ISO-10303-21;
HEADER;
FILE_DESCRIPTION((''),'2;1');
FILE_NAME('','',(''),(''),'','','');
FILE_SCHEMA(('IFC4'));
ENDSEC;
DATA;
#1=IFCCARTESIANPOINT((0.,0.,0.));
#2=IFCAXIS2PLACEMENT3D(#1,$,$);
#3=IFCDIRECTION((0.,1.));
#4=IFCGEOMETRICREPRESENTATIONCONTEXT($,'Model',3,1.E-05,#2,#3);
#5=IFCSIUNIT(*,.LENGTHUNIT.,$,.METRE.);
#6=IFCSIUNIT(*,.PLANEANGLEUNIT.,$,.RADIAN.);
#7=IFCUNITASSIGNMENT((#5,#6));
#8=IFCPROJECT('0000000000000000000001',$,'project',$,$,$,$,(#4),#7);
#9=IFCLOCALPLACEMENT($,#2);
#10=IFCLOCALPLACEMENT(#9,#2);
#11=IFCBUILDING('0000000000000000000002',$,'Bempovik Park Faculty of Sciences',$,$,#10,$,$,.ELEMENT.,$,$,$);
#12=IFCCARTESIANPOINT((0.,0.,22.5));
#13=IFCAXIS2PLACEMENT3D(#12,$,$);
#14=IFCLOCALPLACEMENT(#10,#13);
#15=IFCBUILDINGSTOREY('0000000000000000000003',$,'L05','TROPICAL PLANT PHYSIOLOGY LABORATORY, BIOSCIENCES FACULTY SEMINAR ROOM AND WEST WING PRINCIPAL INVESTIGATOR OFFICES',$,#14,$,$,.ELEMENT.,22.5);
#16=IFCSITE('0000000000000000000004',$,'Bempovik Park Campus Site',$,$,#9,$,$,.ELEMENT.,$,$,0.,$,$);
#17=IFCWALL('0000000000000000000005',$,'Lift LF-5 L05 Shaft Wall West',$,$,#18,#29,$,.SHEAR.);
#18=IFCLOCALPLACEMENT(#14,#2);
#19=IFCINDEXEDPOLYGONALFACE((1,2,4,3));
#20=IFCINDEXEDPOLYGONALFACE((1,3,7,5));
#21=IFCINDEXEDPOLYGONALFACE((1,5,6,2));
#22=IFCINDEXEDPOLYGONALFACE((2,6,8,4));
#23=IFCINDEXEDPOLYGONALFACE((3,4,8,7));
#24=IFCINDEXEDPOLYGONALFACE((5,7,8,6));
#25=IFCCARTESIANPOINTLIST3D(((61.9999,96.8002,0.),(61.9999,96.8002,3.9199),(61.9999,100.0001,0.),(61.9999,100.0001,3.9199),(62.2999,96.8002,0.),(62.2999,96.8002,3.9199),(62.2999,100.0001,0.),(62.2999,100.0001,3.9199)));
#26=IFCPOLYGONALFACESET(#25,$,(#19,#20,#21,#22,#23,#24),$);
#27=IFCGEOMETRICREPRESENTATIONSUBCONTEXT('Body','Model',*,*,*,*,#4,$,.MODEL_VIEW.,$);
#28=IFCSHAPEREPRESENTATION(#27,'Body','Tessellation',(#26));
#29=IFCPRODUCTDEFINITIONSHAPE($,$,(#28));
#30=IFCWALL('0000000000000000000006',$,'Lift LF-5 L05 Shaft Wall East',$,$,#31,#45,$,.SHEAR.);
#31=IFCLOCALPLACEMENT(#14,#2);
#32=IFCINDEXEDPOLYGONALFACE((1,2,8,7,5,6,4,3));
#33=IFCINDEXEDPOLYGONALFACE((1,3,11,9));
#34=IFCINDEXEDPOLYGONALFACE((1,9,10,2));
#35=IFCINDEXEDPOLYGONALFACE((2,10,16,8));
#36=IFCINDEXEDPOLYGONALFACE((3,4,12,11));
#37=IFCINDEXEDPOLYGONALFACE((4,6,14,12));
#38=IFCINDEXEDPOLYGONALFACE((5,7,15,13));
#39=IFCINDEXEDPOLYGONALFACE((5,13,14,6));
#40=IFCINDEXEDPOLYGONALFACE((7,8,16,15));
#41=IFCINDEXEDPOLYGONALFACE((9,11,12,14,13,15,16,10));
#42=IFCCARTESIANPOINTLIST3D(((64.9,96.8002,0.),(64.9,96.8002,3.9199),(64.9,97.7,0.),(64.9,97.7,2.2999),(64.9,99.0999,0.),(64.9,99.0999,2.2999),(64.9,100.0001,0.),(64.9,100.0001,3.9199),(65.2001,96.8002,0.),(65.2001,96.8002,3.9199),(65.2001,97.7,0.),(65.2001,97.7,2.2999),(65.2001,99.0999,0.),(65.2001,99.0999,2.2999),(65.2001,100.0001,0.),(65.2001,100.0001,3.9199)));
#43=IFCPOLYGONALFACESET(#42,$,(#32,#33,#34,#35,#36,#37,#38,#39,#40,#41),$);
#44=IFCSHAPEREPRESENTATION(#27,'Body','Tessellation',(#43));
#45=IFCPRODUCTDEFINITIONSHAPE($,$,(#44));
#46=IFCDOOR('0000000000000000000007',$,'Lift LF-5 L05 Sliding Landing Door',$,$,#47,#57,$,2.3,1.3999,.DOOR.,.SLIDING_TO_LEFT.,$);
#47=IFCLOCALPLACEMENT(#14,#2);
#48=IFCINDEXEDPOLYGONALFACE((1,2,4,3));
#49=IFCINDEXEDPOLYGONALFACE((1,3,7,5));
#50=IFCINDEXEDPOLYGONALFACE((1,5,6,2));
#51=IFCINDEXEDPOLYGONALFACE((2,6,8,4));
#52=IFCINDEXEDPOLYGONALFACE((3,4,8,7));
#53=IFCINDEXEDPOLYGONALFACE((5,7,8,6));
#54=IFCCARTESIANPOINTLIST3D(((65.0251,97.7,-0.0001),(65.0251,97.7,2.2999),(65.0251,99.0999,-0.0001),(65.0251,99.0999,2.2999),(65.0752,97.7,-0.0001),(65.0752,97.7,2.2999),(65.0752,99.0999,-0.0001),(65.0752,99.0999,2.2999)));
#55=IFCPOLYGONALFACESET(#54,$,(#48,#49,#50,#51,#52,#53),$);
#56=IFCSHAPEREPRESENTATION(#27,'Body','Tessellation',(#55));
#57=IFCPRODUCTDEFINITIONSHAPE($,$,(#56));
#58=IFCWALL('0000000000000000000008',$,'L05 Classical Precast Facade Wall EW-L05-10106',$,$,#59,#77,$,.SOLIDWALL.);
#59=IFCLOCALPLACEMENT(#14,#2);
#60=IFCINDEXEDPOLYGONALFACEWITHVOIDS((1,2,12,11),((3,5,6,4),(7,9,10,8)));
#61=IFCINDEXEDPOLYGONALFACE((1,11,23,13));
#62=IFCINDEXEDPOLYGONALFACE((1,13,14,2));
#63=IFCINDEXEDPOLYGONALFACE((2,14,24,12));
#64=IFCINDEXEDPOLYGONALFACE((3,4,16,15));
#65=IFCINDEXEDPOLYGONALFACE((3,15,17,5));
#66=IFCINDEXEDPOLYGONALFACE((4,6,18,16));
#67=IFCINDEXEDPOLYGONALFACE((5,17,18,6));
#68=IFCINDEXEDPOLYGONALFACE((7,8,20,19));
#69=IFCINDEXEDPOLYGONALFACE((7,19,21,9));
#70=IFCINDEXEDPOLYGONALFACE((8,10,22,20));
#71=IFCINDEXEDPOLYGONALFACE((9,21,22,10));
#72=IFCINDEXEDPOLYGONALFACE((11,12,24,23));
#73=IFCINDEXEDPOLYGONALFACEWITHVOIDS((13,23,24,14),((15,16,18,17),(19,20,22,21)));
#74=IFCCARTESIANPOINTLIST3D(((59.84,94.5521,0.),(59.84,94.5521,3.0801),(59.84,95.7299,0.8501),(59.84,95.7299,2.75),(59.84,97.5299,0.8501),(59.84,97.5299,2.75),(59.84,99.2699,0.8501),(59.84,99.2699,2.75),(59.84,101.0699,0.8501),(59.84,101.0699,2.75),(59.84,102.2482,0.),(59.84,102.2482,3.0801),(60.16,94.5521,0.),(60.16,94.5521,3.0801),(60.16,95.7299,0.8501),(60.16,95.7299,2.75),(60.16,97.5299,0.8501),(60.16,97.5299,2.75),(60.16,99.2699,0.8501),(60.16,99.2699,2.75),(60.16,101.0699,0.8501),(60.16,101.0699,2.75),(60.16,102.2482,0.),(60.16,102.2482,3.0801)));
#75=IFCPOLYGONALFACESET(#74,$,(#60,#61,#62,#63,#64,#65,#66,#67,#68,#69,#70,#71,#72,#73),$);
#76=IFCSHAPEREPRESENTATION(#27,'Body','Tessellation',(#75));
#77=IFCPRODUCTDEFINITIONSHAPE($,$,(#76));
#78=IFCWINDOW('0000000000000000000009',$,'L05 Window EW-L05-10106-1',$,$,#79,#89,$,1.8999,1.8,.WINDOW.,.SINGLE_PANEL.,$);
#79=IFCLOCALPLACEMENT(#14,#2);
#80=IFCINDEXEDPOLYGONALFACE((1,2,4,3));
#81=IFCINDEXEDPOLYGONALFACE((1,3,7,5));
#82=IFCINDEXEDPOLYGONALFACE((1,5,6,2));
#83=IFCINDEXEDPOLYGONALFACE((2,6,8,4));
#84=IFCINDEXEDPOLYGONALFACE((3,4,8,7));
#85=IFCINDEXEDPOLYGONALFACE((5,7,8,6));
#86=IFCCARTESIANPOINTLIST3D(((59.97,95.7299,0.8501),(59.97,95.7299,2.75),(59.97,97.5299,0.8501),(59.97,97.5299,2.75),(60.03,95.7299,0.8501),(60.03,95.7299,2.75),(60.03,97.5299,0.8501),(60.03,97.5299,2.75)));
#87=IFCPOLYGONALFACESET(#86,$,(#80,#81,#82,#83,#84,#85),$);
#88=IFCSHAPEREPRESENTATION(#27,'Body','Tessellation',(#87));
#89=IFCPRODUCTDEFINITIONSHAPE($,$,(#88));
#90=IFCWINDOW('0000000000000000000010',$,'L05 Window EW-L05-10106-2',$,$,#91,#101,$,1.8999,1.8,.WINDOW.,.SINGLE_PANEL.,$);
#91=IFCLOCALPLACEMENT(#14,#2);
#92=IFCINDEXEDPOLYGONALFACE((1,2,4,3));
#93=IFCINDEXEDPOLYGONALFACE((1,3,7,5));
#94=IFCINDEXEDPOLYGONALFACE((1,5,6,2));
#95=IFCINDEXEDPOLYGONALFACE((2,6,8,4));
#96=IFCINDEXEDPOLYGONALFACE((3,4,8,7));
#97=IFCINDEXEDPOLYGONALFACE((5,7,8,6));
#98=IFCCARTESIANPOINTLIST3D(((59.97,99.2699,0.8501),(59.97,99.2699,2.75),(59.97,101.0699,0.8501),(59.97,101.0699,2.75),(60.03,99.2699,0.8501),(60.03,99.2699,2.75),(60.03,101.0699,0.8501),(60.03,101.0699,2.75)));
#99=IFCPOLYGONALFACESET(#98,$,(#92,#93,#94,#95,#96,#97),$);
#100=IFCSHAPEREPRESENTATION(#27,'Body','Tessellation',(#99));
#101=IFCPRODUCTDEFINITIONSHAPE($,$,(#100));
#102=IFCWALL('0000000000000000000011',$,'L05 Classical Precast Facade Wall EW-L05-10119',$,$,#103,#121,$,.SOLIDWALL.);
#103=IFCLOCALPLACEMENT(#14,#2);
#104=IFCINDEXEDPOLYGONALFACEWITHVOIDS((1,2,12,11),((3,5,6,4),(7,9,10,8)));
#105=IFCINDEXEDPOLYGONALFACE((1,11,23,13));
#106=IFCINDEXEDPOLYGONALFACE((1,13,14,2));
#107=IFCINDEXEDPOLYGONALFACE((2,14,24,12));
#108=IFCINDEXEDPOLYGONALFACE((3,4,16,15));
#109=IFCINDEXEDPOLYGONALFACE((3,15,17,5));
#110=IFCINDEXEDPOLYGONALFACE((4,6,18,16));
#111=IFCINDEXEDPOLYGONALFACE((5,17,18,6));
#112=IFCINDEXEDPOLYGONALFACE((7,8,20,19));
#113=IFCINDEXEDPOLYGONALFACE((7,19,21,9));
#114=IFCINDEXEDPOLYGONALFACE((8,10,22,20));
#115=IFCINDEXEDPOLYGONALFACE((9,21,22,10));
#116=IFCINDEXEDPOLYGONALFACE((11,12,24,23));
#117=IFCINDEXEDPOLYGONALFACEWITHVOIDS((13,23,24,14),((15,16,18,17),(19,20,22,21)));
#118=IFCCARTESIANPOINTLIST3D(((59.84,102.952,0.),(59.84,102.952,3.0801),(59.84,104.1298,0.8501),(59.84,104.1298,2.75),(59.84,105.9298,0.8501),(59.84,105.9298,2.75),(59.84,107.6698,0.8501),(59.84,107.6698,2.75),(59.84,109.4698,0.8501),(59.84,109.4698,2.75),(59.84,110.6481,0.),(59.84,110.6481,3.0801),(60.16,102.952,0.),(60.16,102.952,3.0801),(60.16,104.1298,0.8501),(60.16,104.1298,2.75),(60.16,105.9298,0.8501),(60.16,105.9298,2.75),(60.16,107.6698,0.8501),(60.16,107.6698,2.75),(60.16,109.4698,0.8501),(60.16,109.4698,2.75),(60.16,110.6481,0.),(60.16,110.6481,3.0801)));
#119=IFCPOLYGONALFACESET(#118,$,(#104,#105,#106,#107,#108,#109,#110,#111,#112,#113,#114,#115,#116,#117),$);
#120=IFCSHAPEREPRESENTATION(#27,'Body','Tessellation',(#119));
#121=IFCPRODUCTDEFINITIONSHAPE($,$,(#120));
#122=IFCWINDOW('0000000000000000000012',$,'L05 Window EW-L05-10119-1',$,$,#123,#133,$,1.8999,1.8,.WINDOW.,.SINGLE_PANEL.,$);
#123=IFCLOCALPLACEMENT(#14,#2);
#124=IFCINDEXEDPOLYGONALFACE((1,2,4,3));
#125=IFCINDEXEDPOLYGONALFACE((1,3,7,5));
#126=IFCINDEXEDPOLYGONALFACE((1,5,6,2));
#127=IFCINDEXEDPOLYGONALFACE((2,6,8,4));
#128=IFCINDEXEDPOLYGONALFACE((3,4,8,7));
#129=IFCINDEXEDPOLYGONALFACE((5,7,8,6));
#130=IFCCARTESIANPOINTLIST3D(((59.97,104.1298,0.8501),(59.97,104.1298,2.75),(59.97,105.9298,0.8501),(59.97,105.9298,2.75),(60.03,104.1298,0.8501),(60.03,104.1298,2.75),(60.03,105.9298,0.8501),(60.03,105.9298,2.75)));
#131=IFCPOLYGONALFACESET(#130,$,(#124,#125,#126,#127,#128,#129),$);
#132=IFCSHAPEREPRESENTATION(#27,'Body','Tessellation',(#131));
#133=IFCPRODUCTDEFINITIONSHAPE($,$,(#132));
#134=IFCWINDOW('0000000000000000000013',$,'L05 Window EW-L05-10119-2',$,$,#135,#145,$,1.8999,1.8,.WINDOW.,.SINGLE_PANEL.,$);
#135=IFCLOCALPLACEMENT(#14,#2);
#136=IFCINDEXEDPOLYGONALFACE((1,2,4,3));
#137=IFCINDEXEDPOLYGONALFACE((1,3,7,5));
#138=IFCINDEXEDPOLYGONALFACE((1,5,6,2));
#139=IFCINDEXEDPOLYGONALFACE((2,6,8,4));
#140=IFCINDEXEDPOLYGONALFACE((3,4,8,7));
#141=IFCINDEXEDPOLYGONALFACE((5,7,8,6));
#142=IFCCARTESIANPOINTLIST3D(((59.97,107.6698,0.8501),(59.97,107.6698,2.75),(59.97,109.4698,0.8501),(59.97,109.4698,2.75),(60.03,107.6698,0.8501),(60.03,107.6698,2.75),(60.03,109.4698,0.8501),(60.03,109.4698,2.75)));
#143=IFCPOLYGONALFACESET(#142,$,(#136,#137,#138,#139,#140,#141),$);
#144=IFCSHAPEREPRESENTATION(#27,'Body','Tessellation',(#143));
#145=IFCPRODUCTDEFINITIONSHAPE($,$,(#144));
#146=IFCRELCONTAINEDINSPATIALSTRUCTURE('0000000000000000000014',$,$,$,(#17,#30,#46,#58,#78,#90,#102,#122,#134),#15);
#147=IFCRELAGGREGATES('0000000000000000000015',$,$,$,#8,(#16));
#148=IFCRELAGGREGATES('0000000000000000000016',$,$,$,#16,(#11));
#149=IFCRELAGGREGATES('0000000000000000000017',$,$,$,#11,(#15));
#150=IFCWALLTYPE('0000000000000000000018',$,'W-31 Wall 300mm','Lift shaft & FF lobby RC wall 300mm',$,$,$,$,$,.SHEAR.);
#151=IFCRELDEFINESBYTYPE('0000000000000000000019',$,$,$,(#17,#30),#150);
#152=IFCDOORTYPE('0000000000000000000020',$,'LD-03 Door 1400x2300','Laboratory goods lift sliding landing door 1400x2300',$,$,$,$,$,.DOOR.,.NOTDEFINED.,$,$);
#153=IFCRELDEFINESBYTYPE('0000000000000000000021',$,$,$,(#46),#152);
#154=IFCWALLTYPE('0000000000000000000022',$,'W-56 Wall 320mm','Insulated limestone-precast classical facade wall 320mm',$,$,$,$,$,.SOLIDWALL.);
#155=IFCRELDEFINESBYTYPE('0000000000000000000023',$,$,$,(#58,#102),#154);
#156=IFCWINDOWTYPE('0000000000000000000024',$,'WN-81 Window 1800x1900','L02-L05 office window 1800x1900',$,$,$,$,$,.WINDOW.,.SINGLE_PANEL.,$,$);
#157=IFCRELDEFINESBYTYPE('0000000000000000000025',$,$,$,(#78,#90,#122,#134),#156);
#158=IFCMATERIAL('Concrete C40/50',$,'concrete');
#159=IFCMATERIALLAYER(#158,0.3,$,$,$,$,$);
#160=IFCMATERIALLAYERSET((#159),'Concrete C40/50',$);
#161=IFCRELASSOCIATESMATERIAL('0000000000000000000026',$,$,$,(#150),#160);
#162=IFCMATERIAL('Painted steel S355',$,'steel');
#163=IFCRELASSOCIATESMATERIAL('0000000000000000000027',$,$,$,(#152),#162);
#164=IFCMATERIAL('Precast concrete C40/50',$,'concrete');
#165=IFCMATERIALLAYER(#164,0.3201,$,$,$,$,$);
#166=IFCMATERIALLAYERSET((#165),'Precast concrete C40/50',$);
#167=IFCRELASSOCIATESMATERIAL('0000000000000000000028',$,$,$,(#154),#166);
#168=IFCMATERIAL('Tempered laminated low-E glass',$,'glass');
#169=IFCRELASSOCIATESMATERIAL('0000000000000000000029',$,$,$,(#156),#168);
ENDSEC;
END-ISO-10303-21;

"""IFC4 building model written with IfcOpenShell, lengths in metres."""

from ifc_helpers import new_model, si_unit, direction, frame, frame_2d, origin, place, context, subcontext, project, spatial, rectangle, extrude, material, layer, layer_set, type_object, element, fill, save


model = new_model("IFC4")

# Units and contexts
model_context = context("Model", 3, precision=1e-05, world=origin(), true_north=direction((0.0, 1.0)))
body_context = subcontext(model_context, "Body", "Model", "MODEL_VIEW")
ifc_project = project(units=[si_unit("LENGTHUNIT", "METRE"), si_unit("PLANEANGLEUNIT", "RADIAN")], contexts=[model_context])

# Site, building, storey
site_placement = place(None, origin())
site = spatial("IfcSite", under=ifc_project, at=site_placement, Name="Bempovik Park Campus Site", CompositionType="ELEMENT", RefElevation=0.0)
building_placement = place(site_placement, origin())
building = spatial("IfcBuilding", under=site, at=building_placement, Name="Bempovik Park Faculty of Sciences", CompositionType="ELEMENT")
storey_placement = place(building_placement, frame((0.0, 0.0, 22.5)))
storey = spatial("IfcBuildingStorey", under=building, at=storey_placement, Name="L05", Description="TROPICAL PLANT PHYSIOLOGY LABORATORY, BIOSCIENCES FACULTY SEMINAR ROOM AND WEST WING PRINCIPAL INVESTIGATOR OFFICES", CompositionType="ELEMENT", Elevation=22.5)

# Shared definitions
ifc_material_1 = material(Name="Concrete C40/50", Category="concrete")

# Wall
ifc_layer_1 = layer(ifc_material_1, 0.3)
ifc_layer_set_1 = layer_set([ifc_layer_1], Name="Concrete C40/50")
wall_type_1 = type_object("IfcWallType", Name="W-31 Wall 300mm", Description="Lift shaft & FF lobby RC wall 300mm", PredefinedType="SHEAR", material=ifc_layer_set_1)
wall_1_placement = place(storey_placement, frame((62.1499, 96.8, 0.0), z_axis=(0.0, 0.0, 1.0), x_axis=(0.0, 1.0, 0.0)))
element("IfcWall", 1, at=wall_1_placement, inside=storey, type_object=wall_type_1, Name="Lift LF-5 L05 Shaft Wall West", PredefinedType="SHEAR", context=body_context, shape_type="SweptSolid", body=[
    extrude(rectangle(XDim=3.2, YDim=0.3, at=frame_2d((1.6001, 0.0))), origin(), (0.0, 0.0, 1.0), 3.9199),
])

# Wall, opening, door
wall_2_placement = place(storey_placement, frame((65.05, 96.8, 0.0), z_axis=(0.0, 0.0, 1.0), x_axis=(0.0, 1.0, 0.0)))
wall_2 = element("IfcWall", 2, at=wall_2_placement, inside=storey, type_object=wall_type_1, Name="Lift LF-5 L05 Shaft Wall East", PredefinedType="SHEAR", context=body_context, shape_type="SweptSolid", body=[
    extrude(rectangle(XDim=3.2, YDim=0.3, at=frame_2d((1.6001, 0.0))), origin(), (0.0, 0.0, 1.0), 3.9199),
])
opening_1_placement = place(wall_2_placement, frame((0.8999, 0.0, 0.0)))
opening_1 = element("IfcOpeningElement", 3, at=opening_1_placement, cuts=wall_2, PredefinedType="OPENING", context=body_context, shape_type="SweptSolid", body=[
    extrude(rectangle(XDim=1.3999, YDim=2.3, at=frame_2d((0.7, 1.1499))), frame((0.0, 0.1602, 0.0), z_axis=(0.0, -1.0, 0.0), x_axis=(1.0, 0.0, 0.0)), (0.0, 0.0, 1.0), 0.3201),
])
ifc_material_2 = material(Name="Painted steel S355", Category="steel")
door_type = type_object("IfcDoorType", Name="LD-03 Door 1400x2300", Description="Laboratory goods lift sliding landing door 1400x2300", OperationType="NOTDEFINED", PredefinedType="DOOR", material=ifc_material_2)
door_placement = place(opening_1_placement, origin())
door = element("IfcDoor", 4, at=door_placement, inside=storey, type_object=door_type, Name="Lift LF-5 L05 Sliding Landing Door", OperationType="SLIDING_TO_LEFT", OverallHeight=2.3, OverallWidth=1.3999, PredefinedType="DOOR", context=body_context, shape_type="SweptSolid", body=[
    extrude(rectangle(XDim=1.3999, YDim=2.3, at=frame_2d((0.7, 1.1499))), frame((0.0, 0.0249, 0.0), z_axis=(0.0, -1.0, 0.0), x_axis=(1.0, 0.0, 0.0)), (0.0, 0.0, 1.0), 0.05),
])
fill(opening_1, door)

# Walls, openings, windows
ifc_material_3 = material(Name="Precast concrete C40/50", Category="concrete")
ifc_layer_2 = layer(ifc_material_3, 0.3201)
ifc_layer_set_2 = layer_set([ifc_layer_2], Name="Precast concrete C40/50")
wall_type_2 = type_object("IfcWallType", Name="W-56 Wall 320mm", Description="Insulated limestone-precast classical facade wall 320mm", PredefinedType="SOLIDWALL", material=ifc_layer_set_2)
wall_3_placement = place(storey_placement, frame((60.0, 94.552, 0.0), z_axis=(0.0, 0.0, 1.0), x_axis=(0.0, 1.0, 0.0)))
wall_3 = element("IfcWall", 5, at=wall_3_placement, inside=storey, type_object=wall_type_2, Name="L05 Classical Precast Facade Wall EW-L05-10106", PredefinedType="SOLIDWALL", context=body_context, shape_type="SweptSolid", body=[
    extrude(rectangle(XDim=7.696, YDim=0.3201, at=frame_2d((3.8481, 0.0))), origin(), (0.0, 0.0, 1.0), 3.0801),
])
opening_2_placement = place(wall_3_placement, frame((1.178, 0.0, 0.8501)))
opening_2 = element("IfcOpeningElement", 6, at=opening_2_placement, cuts=wall_3, PredefinedType="OPENING", context=body_context, shape_type="SweptSolid", body=[
    extrude(rectangle(XDim=1.8, YDim=1.8999, at=frame_2d((0.8999, 0.95))), frame((0.0, 0.1699, 0.0), z_axis=(0.0, -1.0, 0.0), x_axis=(1.0, 0.0, 0.0)), (0.0, 0.0, 1.0), 0.3401),
])
opening_3_placement = place(wall_3_placement, frame((4.718, 0.0, 0.8501)))
opening_3 = element("IfcOpeningElement", 7, at=opening_3_placement, cuts=wall_3, PredefinedType="OPENING", context=body_context, shape_type="SweptSolid", body=[
    extrude(rectangle(XDim=1.8, YDim=1.8999, at=frame_2d((0.8999, 0.95))), frame((0.0, 0.1699, 0.0), z_axis=(0.0, -1.0, 0.0), x_axis=(1.0, 0.0, 0.0)), (0.0, 0.0, 1.0), 0.3401),
])
ifc_material_4 = material(Name="Tempered laminated low-E glass", Category="glass")
window_type = type_object("IfcWindowType", Name="WN-81 Window 1800x1900", Description="L02-L05 office window 1800x1900", PartitioningType="SINGLE_PANEL", PredefinedType="WINDOW", material=ifc_material_4)
window_1_placement = place(opening_2_placement, origin())
window_1 = element("IfcWindow", 8, at=window_1_placement, inside=storey, type_object=window_type, Name="L05 Window EW-L05-10106-1", OverallHeight=1.8999, OverallWidth=1.8, PartitioningType="SINGLE_PANEL", PredefinedType="WINDOW", context=body_context, shape_type="SweptSolid", body=[
    extrude(rectangle(XDim=1.8, YDim=1.8999, at=frame_2d((0.8999, 0.95))), frame((0.0, 0.03, 0.0), z_axis=(0.0, -1.0, 0.0), x_axis=(1.0, 0.0, 0.0)), (0.0, 0.0, 1.0), 0.0601),
])
fill(opening_2, window_1)
window_2_placement = place(opening_3_placement, origin())
window_2 = element("IfcWindow", 9, at=window_2_placement, inside=storey, type_object=window_type, Name="L05 Window EW-L05-10106-2", OverallHeight=1.8999, OverallWidth=1.8, PartitioningType="SINGLE_PANEL", PredefinedType="WINDOW", context=body_context, shape_type="SweptSolid", body=[
    extrude(rectangle(XDim=1.8, YDim=1.8999, at=frame_2d((0.8999, 0.95))), frame((0.0, 0.03, 0.0), z_axis=(0.0, -1.0, 0.0), x_axis=(1.0, 0.0, 0.0)), (0.0, 0.0, 1.0), 0.0601),
])
fill(opening_3, window_2)
wall_4_placement = place(storey_placement, frame((60.0, 102.9519, 0.0), z_axis=(0.0, 0.0, 1.0), x_axis=(0.0, 1.0, 0.0)))
wall_4 = element("IfcWall", 10, at=wall_4_placement, inside=storey, type_object=wall_type_2, Name="L05 Classical Precast Facade Wall EW-L05-10119", PredefinedType="SOLIDWALL", context=body_context, shape_type="SweptSolid", body=[
    extrude(rectangle(XDim=7.696, YDim=0.3201, at=frame_2d((3.8481, 0.0))), origin(), (0.0, 0.0, 1.0), 3.0801),
])
opening_4_placement = place(wall_4_placement, frame((1.178, 0.0, 0.8501)))
opening_4 = element("IfcOpeningElement", 11, at=opening_4_placement, cuts=wall_4, PredefinedType="OPENING", context=body_context, shape_type="SweptSolid", body=[
    extrude(rectangle(XDim=1.8, YDim=1.8999, at=frame_2d((0.8999, 0.95))), frame((0.0, 0.1699, 0.0), z_axis=(0.0, -1.0, 0.0), x_axis=(1.0, 0.0, 0.0)), (0.0, 0.0, 1.0), 0.3401),
])
opening_5_placement = place(wall_4_placement, frame((4.718, 0.0, 0.8501)))
opening_5 = element("IfcOpeningElement", 12, at=opening_5_placement, cuts=wall_4, PredefinedType="OPENING", context=body_context, shape_type="SweptSolid", body=[
    extrude(rectangle(XDim=1.8, YDim=1.8999, at=frame_2d((0.8999, 0.95))), frame((0.0, 0.1699, 0.0), z_axis=(0.0, -1.0, 0.0), x_axis=(1.0, 0.0, 0.0)), (0.0, 0.0, 1.0), 0.3401),
])
window_3_placement = place(opening_4_placement, origin())
window_3 = element("IfcWindow", 13, at=window_3_placement, inside=storey, type_object=window_type, Name="L05 Window EW-L05-10119-1", OverallHeight=1.8999, OverallWidth=1.8, PartitioningType="SINGLE_PANEL", PredefinedType="WINDOW", context=body_context, shape_type="SweptSolid", body=[
    extrude(rectangle(XDim=1.8, YDim=1.8999, at=frame_2d((0.8999, 0.95))), frame((0.0, 0.03, 0.0), z_axis=(0.0, -1.0, 0.0), x_axis=(1.0, 0.0, 0.0)), (0.0, 0.0, 1.0), 0.0601),
])
fill(opening_4, window_3)
window_4_placement = place(opening_5_placement, origin())
window_4 = element("IfcWindow", 14, at=window_4_placement, inside=storey, type_object=window_type, Name="L05 Window EW-L05-10119-2", OverallHeight=1.8999, OverallWidth=1.8, PartitioningType="SINGLE_PANEL", PredefinedType="WINDOW", context=body_context, shape_type="SweptSolid", body=[
    extrude(rectangle(XDim=1.8, YDim=1.8999, at=frame_2d((0.8999, 0.95))), frame((0.0, 0.03, 0.0), z_axis=(0.0, -1.0, 0.0), x_axis=(1.0, 0.0, 0.0)), (0.0, 0.0, 1.0), 0.0601),
])
fill(opening_5, window_4)

save(model, "model.ifc")
